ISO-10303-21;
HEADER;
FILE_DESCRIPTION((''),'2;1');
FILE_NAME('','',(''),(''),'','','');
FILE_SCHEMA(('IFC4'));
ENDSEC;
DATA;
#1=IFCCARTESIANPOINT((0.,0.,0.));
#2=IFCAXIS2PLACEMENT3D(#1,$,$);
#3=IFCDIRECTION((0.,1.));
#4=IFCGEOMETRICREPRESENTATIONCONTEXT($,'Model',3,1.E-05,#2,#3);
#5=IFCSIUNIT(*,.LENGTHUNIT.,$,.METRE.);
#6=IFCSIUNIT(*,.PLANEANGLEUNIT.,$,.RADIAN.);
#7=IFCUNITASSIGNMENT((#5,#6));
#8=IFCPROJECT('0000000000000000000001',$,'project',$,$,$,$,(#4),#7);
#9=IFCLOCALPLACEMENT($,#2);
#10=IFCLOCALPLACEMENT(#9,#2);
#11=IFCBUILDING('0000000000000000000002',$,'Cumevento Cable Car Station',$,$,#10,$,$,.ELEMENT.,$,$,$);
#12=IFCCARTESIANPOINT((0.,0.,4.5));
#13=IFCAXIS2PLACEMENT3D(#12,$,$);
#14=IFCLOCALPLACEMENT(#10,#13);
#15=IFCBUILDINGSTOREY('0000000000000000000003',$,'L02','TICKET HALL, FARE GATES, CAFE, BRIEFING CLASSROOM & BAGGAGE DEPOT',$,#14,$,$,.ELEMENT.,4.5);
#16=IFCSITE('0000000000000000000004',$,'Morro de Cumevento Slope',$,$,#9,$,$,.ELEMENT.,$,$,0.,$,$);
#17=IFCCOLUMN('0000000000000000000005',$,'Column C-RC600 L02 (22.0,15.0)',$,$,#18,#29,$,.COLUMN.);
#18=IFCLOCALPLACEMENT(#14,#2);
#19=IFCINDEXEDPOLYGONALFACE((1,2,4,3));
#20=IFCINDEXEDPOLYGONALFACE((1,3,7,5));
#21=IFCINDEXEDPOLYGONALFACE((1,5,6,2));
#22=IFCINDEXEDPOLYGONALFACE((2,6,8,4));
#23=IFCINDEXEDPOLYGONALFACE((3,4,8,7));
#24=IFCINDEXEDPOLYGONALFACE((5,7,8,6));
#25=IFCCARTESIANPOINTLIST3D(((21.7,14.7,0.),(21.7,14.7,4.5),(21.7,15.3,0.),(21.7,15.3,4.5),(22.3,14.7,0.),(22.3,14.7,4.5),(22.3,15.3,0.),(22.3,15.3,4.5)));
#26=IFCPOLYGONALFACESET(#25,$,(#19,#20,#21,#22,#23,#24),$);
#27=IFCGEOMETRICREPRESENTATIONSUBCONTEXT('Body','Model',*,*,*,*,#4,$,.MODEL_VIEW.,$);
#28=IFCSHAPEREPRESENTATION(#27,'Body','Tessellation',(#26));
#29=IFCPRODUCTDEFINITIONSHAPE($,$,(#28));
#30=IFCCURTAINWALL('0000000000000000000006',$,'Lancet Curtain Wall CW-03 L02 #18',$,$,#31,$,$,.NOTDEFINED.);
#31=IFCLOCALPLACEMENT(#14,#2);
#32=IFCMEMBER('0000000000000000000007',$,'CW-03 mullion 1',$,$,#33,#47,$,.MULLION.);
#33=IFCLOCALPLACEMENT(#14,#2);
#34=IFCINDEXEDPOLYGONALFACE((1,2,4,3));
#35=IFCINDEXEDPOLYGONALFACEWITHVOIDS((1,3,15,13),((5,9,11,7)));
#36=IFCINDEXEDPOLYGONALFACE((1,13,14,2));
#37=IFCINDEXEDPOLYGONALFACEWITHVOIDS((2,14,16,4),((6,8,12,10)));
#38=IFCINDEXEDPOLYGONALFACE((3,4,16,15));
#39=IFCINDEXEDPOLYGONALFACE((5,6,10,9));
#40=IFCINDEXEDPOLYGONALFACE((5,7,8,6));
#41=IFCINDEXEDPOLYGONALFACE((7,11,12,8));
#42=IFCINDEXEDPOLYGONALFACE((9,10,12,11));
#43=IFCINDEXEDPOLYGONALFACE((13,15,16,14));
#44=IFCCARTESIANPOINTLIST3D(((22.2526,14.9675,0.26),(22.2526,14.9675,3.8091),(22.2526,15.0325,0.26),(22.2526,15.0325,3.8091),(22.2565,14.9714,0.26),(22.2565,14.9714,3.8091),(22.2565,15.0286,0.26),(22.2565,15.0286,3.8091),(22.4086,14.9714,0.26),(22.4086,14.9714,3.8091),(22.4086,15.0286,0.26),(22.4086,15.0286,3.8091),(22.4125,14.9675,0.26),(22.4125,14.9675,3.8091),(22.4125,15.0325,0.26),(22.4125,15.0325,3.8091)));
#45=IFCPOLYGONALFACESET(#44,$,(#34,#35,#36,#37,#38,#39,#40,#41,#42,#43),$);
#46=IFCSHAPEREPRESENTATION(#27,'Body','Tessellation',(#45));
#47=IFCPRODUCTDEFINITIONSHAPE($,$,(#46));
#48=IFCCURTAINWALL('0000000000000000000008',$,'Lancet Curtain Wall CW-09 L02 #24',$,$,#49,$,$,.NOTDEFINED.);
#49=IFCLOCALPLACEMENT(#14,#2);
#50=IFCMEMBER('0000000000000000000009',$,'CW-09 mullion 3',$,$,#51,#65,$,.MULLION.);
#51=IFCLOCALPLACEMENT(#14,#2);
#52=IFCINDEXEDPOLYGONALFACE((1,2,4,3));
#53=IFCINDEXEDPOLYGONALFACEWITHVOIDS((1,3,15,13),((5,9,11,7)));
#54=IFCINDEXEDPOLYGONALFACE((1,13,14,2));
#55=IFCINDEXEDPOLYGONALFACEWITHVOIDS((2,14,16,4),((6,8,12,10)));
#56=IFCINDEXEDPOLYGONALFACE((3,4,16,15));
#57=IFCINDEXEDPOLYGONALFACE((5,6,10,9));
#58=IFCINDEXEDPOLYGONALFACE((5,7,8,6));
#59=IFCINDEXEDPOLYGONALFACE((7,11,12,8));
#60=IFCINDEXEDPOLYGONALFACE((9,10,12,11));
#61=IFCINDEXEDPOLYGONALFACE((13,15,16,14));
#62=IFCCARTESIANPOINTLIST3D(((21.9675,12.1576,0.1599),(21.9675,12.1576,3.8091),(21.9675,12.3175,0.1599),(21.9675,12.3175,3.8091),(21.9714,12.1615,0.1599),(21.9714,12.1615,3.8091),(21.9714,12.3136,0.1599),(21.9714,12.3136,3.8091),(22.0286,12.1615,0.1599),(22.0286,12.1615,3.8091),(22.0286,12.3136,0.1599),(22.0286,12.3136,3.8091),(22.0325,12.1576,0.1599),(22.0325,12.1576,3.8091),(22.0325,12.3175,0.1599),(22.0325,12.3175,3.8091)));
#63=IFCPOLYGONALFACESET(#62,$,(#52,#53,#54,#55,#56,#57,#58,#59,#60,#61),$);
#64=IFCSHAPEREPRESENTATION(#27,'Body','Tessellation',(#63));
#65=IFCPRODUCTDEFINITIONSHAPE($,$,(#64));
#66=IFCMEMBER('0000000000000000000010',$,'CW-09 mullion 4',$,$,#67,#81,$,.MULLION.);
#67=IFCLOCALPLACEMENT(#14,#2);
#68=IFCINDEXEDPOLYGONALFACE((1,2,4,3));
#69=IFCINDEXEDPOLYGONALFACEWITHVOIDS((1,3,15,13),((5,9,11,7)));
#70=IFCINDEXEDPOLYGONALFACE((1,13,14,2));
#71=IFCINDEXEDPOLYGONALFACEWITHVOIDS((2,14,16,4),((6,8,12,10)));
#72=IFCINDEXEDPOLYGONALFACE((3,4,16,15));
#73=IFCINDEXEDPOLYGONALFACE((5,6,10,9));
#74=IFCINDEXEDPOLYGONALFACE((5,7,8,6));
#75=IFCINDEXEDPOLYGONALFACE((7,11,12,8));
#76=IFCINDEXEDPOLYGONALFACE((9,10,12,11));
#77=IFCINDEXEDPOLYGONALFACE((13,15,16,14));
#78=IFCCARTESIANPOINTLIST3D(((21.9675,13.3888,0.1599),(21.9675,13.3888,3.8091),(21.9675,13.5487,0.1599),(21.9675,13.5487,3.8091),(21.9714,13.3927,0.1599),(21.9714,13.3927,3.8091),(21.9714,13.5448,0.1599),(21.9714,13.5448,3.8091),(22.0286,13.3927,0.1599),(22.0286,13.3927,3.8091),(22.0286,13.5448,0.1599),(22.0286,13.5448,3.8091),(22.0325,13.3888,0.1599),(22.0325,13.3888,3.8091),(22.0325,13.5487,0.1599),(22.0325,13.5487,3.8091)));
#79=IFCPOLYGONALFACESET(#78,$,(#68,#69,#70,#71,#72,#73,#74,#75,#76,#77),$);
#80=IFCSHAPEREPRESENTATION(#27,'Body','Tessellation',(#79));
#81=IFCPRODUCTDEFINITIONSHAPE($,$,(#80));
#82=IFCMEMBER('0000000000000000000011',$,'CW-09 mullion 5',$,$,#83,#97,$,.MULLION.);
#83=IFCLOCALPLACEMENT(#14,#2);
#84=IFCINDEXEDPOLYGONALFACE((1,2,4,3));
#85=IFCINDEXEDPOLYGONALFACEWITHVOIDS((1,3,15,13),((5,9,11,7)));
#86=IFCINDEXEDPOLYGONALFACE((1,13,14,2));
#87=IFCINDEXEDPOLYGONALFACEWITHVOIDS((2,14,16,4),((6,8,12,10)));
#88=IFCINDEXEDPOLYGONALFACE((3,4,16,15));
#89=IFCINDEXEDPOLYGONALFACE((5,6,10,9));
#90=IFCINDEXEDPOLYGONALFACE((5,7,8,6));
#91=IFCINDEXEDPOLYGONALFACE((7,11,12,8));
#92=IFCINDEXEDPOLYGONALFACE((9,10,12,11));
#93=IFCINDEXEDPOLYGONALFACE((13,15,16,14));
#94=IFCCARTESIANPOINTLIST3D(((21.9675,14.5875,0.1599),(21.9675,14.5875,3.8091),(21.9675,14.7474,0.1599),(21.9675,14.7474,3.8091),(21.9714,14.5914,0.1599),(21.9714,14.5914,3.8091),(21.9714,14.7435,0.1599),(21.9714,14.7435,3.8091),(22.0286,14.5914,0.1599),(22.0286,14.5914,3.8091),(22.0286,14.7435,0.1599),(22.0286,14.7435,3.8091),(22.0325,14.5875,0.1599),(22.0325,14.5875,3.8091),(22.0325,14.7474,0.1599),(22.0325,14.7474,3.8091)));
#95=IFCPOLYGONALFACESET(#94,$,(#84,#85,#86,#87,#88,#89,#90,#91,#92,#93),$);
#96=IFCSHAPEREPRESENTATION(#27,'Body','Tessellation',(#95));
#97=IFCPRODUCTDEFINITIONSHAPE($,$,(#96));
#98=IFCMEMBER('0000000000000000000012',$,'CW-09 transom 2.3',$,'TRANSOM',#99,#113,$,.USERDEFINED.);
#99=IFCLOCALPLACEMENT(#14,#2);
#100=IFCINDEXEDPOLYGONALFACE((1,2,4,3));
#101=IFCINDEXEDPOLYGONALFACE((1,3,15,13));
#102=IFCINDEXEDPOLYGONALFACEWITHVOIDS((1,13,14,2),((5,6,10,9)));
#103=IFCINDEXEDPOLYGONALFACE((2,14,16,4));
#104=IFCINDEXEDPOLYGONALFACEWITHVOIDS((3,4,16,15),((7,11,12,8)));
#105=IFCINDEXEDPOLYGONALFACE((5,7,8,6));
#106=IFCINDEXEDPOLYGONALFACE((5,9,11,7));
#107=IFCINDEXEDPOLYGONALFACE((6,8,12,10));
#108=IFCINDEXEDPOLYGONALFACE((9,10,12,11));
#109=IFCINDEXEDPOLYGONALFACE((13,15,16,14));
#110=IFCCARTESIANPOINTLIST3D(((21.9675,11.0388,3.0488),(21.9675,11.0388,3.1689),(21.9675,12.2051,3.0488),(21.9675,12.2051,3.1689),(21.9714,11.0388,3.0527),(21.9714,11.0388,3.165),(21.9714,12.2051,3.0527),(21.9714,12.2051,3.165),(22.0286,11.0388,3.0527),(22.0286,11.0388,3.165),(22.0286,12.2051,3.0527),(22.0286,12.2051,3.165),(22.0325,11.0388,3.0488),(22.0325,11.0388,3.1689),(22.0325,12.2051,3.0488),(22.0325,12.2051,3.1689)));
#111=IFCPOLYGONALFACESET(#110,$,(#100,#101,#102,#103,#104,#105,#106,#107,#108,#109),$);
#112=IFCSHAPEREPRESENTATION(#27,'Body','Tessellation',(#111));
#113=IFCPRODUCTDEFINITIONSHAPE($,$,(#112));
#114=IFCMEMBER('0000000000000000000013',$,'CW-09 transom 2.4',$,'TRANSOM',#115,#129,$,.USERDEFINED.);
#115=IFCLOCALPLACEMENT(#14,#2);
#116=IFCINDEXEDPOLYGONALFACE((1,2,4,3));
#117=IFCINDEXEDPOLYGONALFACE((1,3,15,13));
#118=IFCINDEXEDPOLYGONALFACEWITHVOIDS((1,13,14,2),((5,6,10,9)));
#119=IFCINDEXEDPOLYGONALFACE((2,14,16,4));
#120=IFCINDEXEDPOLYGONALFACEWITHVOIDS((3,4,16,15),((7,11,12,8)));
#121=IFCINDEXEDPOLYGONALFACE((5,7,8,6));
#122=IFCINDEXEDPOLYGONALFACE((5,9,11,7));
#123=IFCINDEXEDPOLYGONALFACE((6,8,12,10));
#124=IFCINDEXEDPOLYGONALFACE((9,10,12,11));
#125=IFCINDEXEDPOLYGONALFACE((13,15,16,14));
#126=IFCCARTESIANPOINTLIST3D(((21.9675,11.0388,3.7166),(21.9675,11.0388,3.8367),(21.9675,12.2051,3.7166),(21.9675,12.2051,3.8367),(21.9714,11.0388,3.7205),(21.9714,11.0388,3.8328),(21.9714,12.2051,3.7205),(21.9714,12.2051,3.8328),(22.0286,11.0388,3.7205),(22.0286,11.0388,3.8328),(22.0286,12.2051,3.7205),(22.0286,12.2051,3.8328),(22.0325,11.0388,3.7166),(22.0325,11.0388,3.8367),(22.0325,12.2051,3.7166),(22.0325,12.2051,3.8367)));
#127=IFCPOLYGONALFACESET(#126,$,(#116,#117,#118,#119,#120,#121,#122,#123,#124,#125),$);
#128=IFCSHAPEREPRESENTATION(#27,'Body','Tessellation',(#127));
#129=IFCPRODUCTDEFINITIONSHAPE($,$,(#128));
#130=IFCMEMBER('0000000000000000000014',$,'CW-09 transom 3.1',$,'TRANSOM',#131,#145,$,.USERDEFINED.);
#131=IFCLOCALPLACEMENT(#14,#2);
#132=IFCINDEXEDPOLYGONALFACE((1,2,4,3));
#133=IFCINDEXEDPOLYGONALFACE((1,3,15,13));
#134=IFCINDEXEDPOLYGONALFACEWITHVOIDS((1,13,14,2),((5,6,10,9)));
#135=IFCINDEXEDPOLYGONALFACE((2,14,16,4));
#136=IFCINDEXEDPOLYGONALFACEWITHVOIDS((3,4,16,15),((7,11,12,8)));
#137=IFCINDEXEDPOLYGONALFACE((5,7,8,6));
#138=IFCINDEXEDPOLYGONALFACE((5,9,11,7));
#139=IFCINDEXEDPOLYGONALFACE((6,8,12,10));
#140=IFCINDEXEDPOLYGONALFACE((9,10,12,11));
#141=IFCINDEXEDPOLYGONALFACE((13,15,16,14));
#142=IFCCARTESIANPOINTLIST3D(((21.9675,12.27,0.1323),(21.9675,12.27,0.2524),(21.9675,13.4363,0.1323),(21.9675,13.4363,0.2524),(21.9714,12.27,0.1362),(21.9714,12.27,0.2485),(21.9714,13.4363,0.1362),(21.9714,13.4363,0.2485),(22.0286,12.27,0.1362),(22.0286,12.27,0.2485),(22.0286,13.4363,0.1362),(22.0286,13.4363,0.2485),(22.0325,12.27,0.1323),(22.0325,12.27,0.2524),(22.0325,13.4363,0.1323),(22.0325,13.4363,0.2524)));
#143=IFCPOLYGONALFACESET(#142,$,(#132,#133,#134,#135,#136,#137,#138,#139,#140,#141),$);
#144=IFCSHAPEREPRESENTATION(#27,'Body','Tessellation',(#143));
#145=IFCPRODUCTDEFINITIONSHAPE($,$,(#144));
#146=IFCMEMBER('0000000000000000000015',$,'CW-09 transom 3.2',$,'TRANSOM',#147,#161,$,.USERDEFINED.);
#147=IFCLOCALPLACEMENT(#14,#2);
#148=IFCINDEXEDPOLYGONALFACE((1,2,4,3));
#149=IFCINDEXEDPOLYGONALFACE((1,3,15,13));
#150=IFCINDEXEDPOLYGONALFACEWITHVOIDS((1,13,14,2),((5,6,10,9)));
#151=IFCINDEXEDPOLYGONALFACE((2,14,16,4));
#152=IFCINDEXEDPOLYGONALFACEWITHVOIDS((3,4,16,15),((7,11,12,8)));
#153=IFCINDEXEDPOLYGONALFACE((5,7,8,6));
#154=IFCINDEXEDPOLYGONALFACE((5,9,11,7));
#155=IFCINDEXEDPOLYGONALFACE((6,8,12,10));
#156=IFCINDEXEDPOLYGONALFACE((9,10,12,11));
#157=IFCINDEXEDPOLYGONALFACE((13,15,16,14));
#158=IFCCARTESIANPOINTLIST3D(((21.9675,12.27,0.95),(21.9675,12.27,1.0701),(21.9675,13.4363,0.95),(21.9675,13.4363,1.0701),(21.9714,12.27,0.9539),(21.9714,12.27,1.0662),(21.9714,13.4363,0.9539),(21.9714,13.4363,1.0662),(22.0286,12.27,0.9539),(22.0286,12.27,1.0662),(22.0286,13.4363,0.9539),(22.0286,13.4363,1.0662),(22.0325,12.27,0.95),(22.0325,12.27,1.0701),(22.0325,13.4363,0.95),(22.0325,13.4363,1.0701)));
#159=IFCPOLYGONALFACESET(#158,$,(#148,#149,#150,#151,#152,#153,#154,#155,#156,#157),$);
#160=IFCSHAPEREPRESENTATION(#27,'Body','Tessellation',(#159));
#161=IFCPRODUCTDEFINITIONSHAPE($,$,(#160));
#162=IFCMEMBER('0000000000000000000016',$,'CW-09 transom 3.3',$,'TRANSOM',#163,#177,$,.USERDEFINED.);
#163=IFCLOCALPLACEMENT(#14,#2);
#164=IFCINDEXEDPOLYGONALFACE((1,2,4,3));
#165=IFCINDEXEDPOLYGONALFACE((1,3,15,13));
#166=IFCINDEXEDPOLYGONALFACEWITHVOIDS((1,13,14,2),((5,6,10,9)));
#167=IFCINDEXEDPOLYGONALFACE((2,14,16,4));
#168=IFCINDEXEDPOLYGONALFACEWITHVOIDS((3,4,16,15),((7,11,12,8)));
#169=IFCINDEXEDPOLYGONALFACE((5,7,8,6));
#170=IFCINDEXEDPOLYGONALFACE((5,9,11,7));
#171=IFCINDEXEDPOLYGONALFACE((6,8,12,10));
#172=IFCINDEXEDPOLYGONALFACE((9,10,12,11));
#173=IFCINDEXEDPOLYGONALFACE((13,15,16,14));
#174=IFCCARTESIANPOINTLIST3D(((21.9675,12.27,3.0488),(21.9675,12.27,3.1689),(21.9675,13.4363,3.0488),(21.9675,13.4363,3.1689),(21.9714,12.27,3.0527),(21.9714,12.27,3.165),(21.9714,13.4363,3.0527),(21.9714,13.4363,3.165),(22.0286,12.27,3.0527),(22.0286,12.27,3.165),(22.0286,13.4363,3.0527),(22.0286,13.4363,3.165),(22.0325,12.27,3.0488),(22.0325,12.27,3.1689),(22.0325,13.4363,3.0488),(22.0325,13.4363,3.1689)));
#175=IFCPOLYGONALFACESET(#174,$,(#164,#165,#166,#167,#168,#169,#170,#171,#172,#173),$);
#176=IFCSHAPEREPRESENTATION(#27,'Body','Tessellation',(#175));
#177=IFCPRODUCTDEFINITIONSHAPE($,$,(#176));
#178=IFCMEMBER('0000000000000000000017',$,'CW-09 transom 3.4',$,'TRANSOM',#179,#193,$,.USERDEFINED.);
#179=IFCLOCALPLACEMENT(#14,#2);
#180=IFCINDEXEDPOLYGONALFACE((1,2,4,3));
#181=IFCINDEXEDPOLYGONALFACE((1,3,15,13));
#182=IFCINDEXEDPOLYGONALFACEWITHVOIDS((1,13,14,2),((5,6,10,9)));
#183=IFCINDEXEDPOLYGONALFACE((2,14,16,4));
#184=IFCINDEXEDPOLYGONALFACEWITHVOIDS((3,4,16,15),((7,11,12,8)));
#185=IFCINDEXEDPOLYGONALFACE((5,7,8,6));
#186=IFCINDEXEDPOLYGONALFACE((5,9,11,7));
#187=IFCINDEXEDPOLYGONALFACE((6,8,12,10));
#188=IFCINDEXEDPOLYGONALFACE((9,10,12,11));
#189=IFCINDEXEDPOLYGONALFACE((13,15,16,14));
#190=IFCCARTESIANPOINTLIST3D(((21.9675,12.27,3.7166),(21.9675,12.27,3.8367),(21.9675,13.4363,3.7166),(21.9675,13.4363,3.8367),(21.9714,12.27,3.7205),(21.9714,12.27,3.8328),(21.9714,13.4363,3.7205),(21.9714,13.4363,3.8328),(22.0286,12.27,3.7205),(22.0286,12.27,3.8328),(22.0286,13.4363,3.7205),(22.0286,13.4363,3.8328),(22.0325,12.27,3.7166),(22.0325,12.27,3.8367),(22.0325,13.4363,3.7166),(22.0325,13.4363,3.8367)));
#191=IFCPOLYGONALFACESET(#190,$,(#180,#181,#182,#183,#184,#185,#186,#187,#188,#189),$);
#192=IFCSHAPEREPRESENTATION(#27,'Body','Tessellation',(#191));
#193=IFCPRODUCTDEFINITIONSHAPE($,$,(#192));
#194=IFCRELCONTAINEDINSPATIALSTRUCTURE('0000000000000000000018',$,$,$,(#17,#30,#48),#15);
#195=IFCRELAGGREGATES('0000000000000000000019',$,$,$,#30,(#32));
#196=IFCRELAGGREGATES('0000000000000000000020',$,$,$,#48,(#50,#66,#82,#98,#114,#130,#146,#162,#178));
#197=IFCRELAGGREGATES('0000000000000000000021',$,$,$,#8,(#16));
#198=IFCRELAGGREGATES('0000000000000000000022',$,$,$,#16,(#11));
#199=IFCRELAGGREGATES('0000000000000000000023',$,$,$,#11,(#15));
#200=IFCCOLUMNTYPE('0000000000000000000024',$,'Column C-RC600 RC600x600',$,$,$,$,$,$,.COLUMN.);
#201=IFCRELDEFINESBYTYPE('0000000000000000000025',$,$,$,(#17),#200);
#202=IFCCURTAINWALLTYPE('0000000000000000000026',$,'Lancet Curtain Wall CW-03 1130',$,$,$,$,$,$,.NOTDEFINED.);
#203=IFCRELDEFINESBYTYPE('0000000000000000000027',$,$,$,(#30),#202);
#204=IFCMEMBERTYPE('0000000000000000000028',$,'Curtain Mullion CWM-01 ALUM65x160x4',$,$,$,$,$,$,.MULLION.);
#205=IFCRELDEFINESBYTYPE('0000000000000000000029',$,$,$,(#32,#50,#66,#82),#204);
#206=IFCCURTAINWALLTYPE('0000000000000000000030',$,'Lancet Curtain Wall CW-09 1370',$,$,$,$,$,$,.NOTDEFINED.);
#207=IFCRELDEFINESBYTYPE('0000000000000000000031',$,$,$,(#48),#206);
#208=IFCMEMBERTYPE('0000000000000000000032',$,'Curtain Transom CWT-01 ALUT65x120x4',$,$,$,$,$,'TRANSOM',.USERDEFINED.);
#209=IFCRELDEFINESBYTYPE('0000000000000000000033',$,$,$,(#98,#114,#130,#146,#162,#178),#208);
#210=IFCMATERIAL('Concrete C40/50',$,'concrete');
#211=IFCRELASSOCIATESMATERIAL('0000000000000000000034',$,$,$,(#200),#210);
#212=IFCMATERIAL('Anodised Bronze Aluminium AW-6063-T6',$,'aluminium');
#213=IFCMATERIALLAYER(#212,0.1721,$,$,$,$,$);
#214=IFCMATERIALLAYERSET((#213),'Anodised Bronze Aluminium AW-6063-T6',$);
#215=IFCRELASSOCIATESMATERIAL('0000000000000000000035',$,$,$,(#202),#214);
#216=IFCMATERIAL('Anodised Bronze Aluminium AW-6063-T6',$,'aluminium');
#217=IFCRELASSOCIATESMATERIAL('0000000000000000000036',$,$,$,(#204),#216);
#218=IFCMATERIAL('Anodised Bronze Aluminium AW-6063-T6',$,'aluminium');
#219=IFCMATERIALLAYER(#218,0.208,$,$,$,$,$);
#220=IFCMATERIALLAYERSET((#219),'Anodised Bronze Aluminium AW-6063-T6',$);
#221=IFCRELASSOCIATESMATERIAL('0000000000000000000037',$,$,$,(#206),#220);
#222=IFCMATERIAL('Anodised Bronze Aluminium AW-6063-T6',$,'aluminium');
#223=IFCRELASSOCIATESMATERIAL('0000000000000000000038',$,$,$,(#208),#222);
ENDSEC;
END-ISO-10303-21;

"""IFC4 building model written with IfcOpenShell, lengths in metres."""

from ifc_helpers import new_model, si_unit, direction, frame, origin, origin_2d, place, context, subcontext, project, spatial, rectangle, hollow_rectangle, extrude, material, layer, layer_set, material_profile, profile_set, type_object, element, aggregate, save


model = new_model("IFC4")

# Units and contexts
model_context = context("Model", 3, precision=1e-05, world=origin(), true_north=direction((0.0, 1.0)))
body_context = subcontext(model_context, "Body", "Model", "MODEL_VIEW")
ifc_project = project(units=[si_unit("LENGTHUNIT", "METRE"), si_unit("PLANEANGLEUNIT", "RADIAN")], contexts=[model_context])

# Site, building, storey
site_placement = place(None, origin())
site = spatial("IfcSite", under=ifc_project, at=site_placement, Name="Morro de Cumevento Slope", CompositionType="ELEMENT", RefElevation=0.0)
building_placement = place(site_placement, origin())
building = spatial("IfcBuilding", under=site, at=building_placement, Name="Cumevento Cable Car Station", CompositionType="ELEMENT")
storey_placement = place(building_placement, frame((0.0, 0.0, 4.5)))
storey = spatial("IfcBuildingStorey", under=building, at=storey_placement, Name="L02", Description="TICKET HALL, FARE GATES, CAFE, BRIEFING CLASSROOM & BAGGAGE DEPOT", CompositionType="ELEMENT", Elevation=4.5)

# Column
ifc_material_1 = material(Name="Concrete C40/50", Category="concrete")
ifc_material_profile_1 = material_profile(ifc_material_1, rectangle(XDim=0.6001, YDim=0.6001, at=origin_2d()), Name="RC600x600")
ifc_profile_set_1 = profile_set([ifc_material_profile_1], Name="Concrete C40/50")
column_type = type_object("IfcColumnType", Name="Column C-RC600 RC600x600", PredefinedType="COLUMN", material=ifc_profile_set_1)
column_placement = place(storey_placement, frame((22.0, 15.0, 0.0), z_axis=(0.0, 0.0, 1.0), x_axis=(1.0, 0.0, 0.0)))
element("IfcColumn", 1, at=column_placement, inside=storey, type_object=column_type, Name="Column C-RC600 L02 (22.0,15.0)", PredefinedType="COLUMN", context=body_context, shape_type="SweptSolid", body=[
    extrude(rectangle(XDim=0.6001, YDim=0.6001, at=origin_2d()), origin(), (0.0, 0.0, 1.0), 4.5),
])

# Curtain wall, member
ifc_material_2 = material(Name="Anodised Bronze Aluminium AW-6063-T6", Category="aluminium")
ifc_layer_1 = layer(ifc_material_2, 0.1721)
ifc_layer_set_1 = layer_set([ifc_layer_1], Name="Anodised Bronze Aluminium AW-6063-T6")
curtain_wall_type_1 = type_object("IfcCurtainWallType", Name="Lancet Curtain Wall CW-03 1130", PredefinedType="NOTDEFINED", material=ifc_layer_set_1)
curtain_wall_1_placement = place(storey_placement, origin())
curtain_wall_1 = element("IfcCurtainWall", 2, at=curtain_wall_1_placement, inside=storey, type_object=curtain_wall_type_1, Name="Lancet Curtain Wall CW-03 L02 #18", PredefinedType="NOTDEFINED")
ifc_material_3 = material(Name="Anodised Bronze Aluminium AW-6063-T6", Category="aluminium")
ifc_material_profile_2 = material_profile(ifc_material_3, hollow_rectangle(XDim=0.0649, YDim=0.1599, WallThickness=0.0039, at=origin_2d()), Name="ALUM65x160x4")
ifc_profile_set_2 = profile_set([ifc_material_profile_2], Name="Anodised Bronze Aluminium AW-6063-T6")
member_type_1 = type_object("IfcMemberType", Name="Curtain Mullion CWM-01 ALUM65x160x4", PredefinedType="MULLION", material=ifc_profile_set_2)
member_1_placement = place(storey_placement, frame((22.3325, 15.0, 0.26), z_axis=(0.0, 0.0, 1.0), x_axis=(0.0, 1.0, 0.0)))
member_1 = element("IfcMember", 3, at=member_1_placement, type_object=member_type_1, Name="CW-03 mullion 1", PredefinedType="MULLION", context=body_context, shape_type="SweptSolid", body=[
    extrude(hollow_rectangle(XDim=0.0649, YDim=0.1599, WallThickness=0.0039, at=origin_2d()), origin(), (0.0, 0.0, 1.0), 3.5491),
])
aggregate(curtain_wall_1, [member_1])

# Curtain wall, members
ifc_material_4 = material(Name="Anodised Bronze Aluminium AW-6063-T6", Category="aluminium")
ifc_layer_2 = layer(ifc_material_4, 0.208)
ifc_layer_set_2 = layer_set([ifc_layer_2], Name="Anodised Bronze Aluminium AW-6063-T6")
curtain_wall_type_2 = type_object("IfcCurtainWallType", Name="Lancet Curtain Wall CW-09 1370", PredefinedType="NOTDEFINED", material=ifc_layer_set_2)
curtain_wall_2_placement = place(storey_placement, origin())
curtain_wall_2 = element("IfcCurtainWall", 4, at=curtain_wall_2_placement, inside=storey, type_object=curtain_wall_type_2, Name="Lancet Curtain Wall CW-09 L02 #24", PredefinedType="NOTDEFINED")
member_2_placement = place(storey_placement, frame((22.0, 12.2375, 0.1599), z_axis=(0.0, 0.0, 1.0), x_axis=(-1.0, 0.0, 0.0)))
member_2 = element("IfcMember", 5, at=member_2_placement, type_object=member_type_1, Name="CW-09 mullion 3", PredefinedType="MULLION", context=body_context, shape_type="SweptSolid", body=[
    extrude(hollow_rectangle(XDim=0.0649, YDim=0.1599, WallThickness=0.0039, at=origin_2d()), origin(), (0.0, 0.0, 1.0), 3.6492),
])
member_3_placement = place(storey_placement, frame((22.0, 13.4688, 0.1599), z_axis=(0.0, 0.0, 1.0), x_axis=(-1.0, 0.0, 0.0)))
member_3 = element("IfcMember", 6, at=member_3_placement, type_object=member_type_1, Name="CW-09 mullion 4", PredefinedType="MULLION", context=body_context, shape_type="SweptSolid", body=[
    extrude(hollow_rectangle(XDim=0.0649, YDim=0.1599, WallThickness=0.0039, at=origin_2d()), origin(), (0.0, 0.0, 1.0), 3.6492),
])
member_4_placement = place(storey_placement, frame((22.0, 14.6675, 0.1599), z_axis=(0.0, 0.0, 1.0), x_axis=(-1.0, 0.0, 0.0)))
member_4 = element("IfcMember", 7, at=member_4_placement, type_object=member_type_1, Name="CW-09 mullion 5", PredefinedType="MULLION", context=body_context, shape_type="SweptSolid", body=[
    extrude(hollow_rectangle(XDim=0.0649, YDim=0.1599, WallThickness=0.0039, at=origin_2d()), origin(), (0.0, 0.0, 1.0), 3.6492),
])
ifc_material_5 = material(Name="Anodised Bronze Aluminium AW-6063-T6", Category="aluminium")
ifc_material_profile_3 = material_profile(ifc_material_5, hollow_rectangle(XDim=0.0649, YDim=0.1201, WallThickness=0.0039, at=origin_2d()), Name="ALUT65x120x4")
ifc_profile_set_3 = profile_set([ifc_material_profile_3], Name="Anodised Bronze Aluminium AW-6063-T6")
member_type_2 = type_object("IfcMemberType", Name="Curtain Transom CWT-01 ALUT65x120x4", ElementType="TRANSOM", PredefinedType="USERDEFINED", material=ifc_profile_set_3)
member_5_placement = place(storey_placement, frame((22.0, 11.0388, 3.1089), z_axis=(0.0, 1.0, 0.0), x_axis=(-1.0, 0.0, 0.0)))
member_5 = element("IfcMember", 8, at=member_5_placement, type_object=member_type_2, Name="CW-09 transom 2.3", ObjectType="TRANSOM", PredefinedType="USERDEFINED", context=body_context, shape_type="SweptSolid", body=[
    extrude(hollow_rectangle(XDim=0.0649, YDim=0.1201, WallThickness=0.0039, at=origin_2d()), origin(), (0.0, 0.0, 1.0), 1.1663),
])
member_6_placement = place(storey_placement, frame((22.0, 11.0388, 3.7766), z_axis=(0.0, 1.0, 0.0), x_axis=(-1.0, 0.0, 0.0)))
member_6 = element("IfcMember", 9, at=member_6_placement, type_object=member_type_2, Name="CW-09 transom 2.4", ObjectType="TRANSOM", PredefinedType="USERDEFINED", context=body_context, shape_type="SweptSolid", body=[
    extrude(hollow_rectangle(XDim=0.0649, YDim=0.1201, WallThickness=0.0039, at=origin_2d()), origin(), (0.0, 0.0, 1.0), 1.1663),
])
member_7_placement = place(storey_placement, frame((22.0, 12.27, 0.1924), z_axis=(0.0, 1.0, 0.0), x_axis=(-1.0, 0.0, 0.0)))
member_7 = element("IfcMember", 10, at=member_7_placement, type_object=member_type_2, Name="CW-09 transom 3.1", ObjectType="TRANSOM", PredefinedType="USERDEFINED", context=body_context, shape_type="SweptSolid", body=[
    extrude(hollow_rectangle(XDim=0.0649, YDim=0.1201, WallThickness=0.0039, at=origin_2d()), origin(), (0.0, 0.0, 1.0), 1.1663),
])
member_8_placement = place(storey_placement, frame((22.0, 12.27, 1.01), z_axis=(0.0, 1.0, 0.0), x_axis=(-1.0, 0.0, 0.0)))
member_8 = element("IfcMember", 11, at=member_8_placement, type_object=member_type_2, Name="CW-09 transom 3.2", ObjectType="TRANSOM", PredefinedType="USERDEFINED", context=body_context, shape_type="SweptSolid", body=[
    extrude(hollow_rectangle(XDim=0.0649, YDim=0.1201, WallThickness=0.0039, at=origin_2d()), origin(), (0.0, 0.0, 1.0), 1.1663),
])
member_9_placement = place(storey_placement, frame((22.0, 12.27, 3.1089), z_axis=(0.0, 1.0, 0.0), x_axis=(-1.0, 0.0, 0.0)))
member_9 = element("IfcMember", 12, at=member_9_placement, type_object=member_type_2, Name="CW-09 transom 3.3", ObjectType="TRANSOM", PredefinedType="USERDEFINED", context=body_context, shape_type="SweptSolid", body=[
    extrude(hollow_rectangle(XDim=0.0649, YDim=0.1201, WallThickness=0.0039, at=origin_2d()), origin(), (0.0, 0.0, 1.0), 1.1663),
])
member_10_placement = place(storey_placement, frame((22.0, 12.27, 3.7766), z_axis=(0.0, 1.0, 0.0), x_axis=(-1.0, 0.0, 0.0)))
member_10 = element("IfcMember", 13, at=member_10_placement, type_object=member_type_2, Name="CW-09 transom 3.4", ObjectType="TRANSOM", PredefinedType="USERDEFINED", context=body_context, shape_type="SweptSolid", body=[
    extrude(hollow_rectangle(XDim=0.0649, YDim=0.1201, WallThickness=0.0039, at=origin_2d()), origin(), (0.0, 0.0, 1.0), 1.1663),
])

aggregate(curtain_wall_2, [member_2, member_3, member_4, member_5, member_6, member_7, member_8, member_9, member_10])

save(model, "model.ifc")
